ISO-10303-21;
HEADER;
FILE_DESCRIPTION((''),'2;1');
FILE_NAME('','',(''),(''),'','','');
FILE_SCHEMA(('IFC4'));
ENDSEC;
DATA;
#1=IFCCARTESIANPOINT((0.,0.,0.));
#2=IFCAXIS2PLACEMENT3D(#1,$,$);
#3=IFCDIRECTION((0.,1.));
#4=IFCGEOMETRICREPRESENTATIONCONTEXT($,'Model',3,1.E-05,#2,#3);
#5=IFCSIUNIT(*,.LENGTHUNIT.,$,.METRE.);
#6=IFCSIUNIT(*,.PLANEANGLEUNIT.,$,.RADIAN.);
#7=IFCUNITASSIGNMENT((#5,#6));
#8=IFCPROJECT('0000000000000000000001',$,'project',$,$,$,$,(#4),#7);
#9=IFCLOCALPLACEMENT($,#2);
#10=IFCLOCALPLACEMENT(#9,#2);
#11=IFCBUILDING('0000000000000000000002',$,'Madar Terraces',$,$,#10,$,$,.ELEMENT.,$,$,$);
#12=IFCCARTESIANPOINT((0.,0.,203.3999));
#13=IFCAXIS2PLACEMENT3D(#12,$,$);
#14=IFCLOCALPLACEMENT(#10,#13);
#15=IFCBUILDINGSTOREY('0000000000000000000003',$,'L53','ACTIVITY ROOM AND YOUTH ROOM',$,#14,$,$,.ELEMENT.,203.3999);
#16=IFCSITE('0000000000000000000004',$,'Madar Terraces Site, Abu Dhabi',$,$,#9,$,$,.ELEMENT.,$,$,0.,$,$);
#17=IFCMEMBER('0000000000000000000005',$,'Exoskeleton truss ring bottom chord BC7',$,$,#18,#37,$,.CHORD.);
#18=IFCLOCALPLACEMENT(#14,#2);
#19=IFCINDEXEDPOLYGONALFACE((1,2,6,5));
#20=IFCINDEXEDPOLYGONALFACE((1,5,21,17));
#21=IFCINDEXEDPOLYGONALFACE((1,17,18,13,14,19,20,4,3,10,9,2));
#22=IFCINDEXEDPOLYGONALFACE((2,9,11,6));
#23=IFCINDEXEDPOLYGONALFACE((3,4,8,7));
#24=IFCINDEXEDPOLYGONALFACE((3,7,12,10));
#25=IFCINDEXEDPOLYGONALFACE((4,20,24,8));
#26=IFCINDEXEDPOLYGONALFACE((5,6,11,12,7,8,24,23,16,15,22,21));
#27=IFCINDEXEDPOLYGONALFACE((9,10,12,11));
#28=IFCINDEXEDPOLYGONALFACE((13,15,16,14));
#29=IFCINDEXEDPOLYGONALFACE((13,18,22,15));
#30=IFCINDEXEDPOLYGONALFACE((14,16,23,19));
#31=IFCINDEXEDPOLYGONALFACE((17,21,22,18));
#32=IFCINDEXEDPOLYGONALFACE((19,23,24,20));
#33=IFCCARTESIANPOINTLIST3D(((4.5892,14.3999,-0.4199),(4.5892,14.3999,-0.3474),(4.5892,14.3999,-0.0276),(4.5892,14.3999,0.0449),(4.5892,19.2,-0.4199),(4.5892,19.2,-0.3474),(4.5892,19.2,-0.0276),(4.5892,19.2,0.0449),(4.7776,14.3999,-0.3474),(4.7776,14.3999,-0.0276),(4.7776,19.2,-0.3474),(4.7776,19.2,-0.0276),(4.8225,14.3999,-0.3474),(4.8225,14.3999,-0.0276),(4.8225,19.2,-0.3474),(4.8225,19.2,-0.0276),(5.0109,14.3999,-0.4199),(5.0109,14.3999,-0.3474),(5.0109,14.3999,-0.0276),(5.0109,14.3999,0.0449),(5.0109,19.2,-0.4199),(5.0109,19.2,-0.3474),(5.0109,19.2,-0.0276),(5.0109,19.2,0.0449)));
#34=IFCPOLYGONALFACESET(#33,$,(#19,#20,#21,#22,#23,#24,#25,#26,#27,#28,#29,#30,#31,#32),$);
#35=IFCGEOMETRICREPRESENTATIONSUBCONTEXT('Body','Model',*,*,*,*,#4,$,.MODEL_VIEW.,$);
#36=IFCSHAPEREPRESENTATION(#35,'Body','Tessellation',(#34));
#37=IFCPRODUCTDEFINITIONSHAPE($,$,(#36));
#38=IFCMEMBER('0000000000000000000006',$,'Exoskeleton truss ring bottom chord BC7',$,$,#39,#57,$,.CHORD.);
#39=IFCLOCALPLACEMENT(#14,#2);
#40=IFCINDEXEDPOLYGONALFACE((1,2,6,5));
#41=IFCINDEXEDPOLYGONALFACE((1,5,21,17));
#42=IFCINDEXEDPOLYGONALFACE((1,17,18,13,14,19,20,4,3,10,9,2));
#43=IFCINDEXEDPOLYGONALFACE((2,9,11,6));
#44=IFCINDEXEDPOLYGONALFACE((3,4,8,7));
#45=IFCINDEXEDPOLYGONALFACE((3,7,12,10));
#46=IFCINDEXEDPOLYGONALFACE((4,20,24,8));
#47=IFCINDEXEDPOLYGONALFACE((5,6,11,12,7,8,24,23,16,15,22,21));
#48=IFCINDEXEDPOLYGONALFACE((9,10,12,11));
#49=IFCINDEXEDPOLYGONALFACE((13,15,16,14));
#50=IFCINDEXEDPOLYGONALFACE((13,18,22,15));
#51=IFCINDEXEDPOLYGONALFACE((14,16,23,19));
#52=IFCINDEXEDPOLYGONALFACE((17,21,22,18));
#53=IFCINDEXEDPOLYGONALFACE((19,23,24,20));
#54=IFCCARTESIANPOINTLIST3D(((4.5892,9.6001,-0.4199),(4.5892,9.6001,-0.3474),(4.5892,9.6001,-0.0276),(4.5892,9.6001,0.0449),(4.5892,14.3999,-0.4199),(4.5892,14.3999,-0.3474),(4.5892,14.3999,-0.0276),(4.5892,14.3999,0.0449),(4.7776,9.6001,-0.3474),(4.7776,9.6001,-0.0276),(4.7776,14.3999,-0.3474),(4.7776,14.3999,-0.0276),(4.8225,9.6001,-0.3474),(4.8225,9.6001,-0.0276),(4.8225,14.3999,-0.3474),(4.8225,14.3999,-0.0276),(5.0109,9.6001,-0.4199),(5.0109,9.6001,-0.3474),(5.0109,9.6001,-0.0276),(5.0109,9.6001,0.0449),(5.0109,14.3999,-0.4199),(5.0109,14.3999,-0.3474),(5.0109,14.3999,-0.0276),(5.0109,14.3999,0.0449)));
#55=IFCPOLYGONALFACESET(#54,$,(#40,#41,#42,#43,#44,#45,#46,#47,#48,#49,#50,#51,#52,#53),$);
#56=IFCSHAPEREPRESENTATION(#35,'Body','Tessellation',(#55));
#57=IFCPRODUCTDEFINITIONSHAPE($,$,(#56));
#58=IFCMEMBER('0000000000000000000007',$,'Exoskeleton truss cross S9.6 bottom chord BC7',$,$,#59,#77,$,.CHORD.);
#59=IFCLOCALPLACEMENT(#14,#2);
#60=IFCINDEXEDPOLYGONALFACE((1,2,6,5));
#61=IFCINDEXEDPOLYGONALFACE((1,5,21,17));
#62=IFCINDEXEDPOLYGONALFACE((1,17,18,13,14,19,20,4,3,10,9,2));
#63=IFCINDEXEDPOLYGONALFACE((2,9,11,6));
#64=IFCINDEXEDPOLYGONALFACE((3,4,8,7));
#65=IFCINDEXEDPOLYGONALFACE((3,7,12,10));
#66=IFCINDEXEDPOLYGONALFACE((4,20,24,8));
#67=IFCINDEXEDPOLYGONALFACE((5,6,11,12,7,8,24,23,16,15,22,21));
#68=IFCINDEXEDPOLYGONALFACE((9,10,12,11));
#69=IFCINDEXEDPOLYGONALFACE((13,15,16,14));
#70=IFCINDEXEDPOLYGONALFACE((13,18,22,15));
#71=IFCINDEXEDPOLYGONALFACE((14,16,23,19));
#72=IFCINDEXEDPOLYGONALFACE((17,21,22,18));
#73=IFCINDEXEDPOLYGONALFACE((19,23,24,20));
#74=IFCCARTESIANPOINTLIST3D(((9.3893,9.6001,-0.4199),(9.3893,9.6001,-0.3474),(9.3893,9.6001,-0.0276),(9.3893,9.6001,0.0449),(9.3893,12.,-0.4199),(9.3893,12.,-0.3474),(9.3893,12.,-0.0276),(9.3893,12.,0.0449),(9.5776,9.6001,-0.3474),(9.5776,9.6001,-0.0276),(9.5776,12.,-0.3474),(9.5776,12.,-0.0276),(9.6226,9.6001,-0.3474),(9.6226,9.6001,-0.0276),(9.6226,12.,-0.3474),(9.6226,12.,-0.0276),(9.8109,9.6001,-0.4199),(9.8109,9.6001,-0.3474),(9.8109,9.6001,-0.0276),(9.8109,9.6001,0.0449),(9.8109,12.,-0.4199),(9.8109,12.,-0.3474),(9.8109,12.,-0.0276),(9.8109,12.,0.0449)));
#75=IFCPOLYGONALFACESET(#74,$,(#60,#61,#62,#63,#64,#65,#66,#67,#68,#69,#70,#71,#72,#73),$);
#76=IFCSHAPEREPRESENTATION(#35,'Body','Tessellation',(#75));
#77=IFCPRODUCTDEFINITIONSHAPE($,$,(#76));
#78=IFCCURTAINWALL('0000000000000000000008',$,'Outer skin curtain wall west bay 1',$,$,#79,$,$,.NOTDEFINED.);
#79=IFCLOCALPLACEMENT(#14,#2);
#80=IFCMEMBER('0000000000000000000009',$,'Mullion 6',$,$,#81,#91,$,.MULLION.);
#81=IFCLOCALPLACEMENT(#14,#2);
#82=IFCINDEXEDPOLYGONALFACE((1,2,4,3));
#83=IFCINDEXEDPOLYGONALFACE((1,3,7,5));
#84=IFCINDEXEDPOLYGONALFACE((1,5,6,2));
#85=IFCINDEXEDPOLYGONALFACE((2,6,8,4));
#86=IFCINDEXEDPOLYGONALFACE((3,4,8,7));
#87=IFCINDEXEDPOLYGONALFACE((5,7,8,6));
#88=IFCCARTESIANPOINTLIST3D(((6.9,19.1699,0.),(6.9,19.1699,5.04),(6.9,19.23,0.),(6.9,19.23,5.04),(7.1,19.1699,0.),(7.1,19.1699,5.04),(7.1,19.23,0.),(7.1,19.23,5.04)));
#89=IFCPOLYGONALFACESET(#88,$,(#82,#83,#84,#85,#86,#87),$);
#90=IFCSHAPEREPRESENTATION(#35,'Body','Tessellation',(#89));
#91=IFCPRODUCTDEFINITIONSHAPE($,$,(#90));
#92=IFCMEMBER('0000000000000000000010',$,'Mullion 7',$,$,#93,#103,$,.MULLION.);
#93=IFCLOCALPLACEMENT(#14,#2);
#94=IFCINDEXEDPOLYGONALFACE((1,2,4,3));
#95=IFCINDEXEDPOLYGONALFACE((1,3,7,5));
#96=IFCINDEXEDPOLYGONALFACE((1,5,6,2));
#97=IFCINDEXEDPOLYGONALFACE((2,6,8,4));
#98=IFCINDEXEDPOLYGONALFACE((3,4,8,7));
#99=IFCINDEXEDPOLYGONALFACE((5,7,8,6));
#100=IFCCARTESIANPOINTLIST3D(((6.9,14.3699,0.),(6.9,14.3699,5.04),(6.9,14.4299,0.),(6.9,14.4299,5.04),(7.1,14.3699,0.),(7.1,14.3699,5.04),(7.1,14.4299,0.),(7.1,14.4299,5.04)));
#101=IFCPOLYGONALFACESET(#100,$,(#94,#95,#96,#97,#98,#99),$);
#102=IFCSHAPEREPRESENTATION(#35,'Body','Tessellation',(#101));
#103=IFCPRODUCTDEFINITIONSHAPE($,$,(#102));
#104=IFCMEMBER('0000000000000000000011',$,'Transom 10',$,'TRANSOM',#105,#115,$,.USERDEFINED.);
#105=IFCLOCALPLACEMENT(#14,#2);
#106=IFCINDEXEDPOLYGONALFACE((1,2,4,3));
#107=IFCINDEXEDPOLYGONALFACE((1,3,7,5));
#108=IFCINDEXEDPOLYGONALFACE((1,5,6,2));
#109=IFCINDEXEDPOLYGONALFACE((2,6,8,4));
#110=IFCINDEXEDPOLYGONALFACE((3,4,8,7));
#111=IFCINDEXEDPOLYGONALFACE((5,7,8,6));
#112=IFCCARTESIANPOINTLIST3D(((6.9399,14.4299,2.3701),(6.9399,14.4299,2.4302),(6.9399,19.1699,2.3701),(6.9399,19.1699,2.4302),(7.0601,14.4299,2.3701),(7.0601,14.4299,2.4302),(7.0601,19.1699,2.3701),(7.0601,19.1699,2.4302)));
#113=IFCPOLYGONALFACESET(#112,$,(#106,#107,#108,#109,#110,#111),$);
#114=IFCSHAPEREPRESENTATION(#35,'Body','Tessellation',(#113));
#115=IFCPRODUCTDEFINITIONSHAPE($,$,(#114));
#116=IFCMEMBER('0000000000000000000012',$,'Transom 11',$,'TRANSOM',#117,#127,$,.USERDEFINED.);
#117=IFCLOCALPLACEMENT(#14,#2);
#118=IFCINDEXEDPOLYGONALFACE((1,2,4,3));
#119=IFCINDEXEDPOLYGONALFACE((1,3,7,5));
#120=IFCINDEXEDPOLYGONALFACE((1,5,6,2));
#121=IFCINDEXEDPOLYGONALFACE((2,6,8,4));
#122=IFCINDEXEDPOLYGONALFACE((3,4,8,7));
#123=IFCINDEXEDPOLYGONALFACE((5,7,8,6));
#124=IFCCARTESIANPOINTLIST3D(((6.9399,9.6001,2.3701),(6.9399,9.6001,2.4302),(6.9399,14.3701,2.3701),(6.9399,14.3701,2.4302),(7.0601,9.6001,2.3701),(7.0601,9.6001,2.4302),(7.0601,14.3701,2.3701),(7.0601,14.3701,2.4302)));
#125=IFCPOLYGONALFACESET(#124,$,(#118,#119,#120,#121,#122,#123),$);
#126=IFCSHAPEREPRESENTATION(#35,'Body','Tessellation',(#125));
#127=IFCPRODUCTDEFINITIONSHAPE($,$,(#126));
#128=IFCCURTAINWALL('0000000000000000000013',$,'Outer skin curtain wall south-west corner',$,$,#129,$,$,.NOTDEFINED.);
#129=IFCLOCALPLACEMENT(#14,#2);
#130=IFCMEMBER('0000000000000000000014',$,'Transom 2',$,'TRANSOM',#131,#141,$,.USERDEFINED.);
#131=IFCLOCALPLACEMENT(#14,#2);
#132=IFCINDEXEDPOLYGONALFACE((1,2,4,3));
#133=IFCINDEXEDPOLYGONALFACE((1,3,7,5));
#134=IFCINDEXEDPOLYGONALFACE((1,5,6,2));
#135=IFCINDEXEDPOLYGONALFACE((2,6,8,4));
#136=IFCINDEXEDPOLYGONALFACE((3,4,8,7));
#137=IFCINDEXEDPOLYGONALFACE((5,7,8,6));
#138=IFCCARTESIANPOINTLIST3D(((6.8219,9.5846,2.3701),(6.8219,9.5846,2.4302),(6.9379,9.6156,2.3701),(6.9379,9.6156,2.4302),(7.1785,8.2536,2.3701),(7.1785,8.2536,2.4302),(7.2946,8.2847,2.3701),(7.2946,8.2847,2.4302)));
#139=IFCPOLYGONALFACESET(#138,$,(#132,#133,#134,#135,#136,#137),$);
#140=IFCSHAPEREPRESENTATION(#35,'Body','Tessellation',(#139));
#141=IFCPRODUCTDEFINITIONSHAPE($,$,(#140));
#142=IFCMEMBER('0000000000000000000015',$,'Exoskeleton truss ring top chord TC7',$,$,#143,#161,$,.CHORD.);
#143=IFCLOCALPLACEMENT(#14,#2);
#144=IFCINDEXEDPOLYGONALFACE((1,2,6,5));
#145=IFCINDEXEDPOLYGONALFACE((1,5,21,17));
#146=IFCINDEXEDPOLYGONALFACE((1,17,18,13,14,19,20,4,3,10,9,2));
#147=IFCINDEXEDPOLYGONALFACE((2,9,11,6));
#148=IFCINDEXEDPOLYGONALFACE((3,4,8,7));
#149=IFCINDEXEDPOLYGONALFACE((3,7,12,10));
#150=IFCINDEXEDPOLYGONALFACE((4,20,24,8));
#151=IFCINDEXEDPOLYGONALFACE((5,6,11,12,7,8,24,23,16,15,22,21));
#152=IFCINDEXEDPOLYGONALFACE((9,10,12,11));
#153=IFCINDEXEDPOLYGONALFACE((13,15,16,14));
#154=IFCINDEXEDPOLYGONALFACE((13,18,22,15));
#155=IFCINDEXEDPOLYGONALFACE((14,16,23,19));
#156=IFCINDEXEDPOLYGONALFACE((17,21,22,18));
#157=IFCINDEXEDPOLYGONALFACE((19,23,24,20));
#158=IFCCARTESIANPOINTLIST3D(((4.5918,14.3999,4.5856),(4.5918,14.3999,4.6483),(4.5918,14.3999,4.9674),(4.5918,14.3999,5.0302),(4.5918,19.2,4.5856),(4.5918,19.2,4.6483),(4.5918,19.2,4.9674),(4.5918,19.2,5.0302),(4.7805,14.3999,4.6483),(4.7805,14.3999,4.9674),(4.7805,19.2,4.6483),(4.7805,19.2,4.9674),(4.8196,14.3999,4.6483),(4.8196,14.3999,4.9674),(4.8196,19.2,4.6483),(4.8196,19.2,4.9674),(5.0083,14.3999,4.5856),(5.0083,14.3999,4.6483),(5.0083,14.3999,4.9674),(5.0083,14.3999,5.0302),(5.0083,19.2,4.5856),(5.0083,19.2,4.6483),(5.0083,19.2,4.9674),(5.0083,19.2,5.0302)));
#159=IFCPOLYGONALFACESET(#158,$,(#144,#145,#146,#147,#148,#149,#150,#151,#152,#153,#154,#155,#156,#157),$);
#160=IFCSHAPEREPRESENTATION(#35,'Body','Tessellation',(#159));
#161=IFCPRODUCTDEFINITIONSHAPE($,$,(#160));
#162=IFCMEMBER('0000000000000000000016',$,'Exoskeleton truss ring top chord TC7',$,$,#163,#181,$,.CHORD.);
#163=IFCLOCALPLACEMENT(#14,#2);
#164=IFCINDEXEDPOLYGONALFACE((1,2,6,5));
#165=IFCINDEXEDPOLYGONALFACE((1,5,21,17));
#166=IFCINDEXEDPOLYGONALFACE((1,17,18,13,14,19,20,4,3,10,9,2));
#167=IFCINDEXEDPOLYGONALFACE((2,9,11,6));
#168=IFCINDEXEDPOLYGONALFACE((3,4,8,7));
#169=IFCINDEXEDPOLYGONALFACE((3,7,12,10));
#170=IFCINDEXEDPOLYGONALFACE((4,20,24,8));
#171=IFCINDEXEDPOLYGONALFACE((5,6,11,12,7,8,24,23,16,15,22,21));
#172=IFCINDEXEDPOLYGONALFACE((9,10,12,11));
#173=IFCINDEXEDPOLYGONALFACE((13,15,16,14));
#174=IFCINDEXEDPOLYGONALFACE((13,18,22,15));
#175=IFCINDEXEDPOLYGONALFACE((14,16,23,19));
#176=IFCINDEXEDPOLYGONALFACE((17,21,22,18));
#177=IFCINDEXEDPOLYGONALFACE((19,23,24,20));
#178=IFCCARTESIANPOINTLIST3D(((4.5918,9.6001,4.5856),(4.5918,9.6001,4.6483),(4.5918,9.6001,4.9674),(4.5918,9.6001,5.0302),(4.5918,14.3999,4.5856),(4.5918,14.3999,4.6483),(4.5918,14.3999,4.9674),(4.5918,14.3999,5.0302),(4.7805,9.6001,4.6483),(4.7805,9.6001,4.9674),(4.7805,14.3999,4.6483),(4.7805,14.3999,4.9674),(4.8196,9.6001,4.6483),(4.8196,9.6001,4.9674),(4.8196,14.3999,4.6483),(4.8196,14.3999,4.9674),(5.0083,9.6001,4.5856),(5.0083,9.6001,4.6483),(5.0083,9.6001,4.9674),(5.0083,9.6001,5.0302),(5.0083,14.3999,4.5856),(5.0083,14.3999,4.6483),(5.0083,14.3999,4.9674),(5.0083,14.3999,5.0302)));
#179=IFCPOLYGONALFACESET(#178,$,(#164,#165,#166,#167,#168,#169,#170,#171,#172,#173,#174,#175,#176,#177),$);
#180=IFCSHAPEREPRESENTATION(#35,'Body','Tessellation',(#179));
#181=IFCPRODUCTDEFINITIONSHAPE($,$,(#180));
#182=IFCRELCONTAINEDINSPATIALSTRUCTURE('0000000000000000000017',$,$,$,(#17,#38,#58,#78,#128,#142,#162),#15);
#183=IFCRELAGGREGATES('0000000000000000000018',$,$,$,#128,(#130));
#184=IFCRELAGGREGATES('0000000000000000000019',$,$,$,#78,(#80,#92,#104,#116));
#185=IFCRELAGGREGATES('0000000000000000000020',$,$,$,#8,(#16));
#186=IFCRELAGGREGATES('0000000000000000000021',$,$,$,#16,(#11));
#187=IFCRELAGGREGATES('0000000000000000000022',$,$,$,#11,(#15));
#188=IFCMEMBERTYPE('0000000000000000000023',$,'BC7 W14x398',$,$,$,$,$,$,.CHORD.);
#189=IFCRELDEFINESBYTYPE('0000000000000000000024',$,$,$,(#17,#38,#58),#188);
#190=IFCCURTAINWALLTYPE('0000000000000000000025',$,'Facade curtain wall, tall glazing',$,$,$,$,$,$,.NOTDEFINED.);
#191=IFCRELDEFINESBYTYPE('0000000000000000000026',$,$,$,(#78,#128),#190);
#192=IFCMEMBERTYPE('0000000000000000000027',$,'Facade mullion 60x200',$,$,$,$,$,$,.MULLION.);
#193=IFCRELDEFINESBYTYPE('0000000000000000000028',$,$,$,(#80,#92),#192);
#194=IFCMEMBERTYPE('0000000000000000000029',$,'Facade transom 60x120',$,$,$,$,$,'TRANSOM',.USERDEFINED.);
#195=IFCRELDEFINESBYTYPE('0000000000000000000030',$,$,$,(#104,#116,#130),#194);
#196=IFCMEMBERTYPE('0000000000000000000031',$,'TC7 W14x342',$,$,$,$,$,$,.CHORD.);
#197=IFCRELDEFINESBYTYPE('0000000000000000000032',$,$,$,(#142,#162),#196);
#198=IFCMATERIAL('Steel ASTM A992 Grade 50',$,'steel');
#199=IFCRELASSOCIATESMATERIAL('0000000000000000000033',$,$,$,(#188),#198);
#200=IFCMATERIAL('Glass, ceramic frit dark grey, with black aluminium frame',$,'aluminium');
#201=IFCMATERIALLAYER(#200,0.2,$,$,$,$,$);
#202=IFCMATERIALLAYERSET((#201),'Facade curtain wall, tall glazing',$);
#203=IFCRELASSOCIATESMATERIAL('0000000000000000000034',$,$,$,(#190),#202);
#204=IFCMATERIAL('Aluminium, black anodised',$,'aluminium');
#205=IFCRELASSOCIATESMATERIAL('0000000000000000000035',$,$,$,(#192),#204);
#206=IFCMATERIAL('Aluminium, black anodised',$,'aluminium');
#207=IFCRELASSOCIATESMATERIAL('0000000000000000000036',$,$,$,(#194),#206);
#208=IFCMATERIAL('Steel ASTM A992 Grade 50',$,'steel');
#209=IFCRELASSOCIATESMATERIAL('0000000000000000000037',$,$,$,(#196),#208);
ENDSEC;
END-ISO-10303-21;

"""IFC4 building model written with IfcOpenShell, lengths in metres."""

from ifc_helpers import new_model, si_unit, direction, frame, origin, origin_2d, place, context, subcontext, project, spatial, rectangle, i_section, extrude, material, layer, layer_set, material_profile, profile_set, type_object, element, aggregate, save


model = new_model("IFC4")

# Units and contexts
model_context = context("Model", 3, precision=1e-05, world=origin(), true_north=direction((0.0, 1.0)))
body_context = subcontext(model_context, "Body", "Model", "MODEL_VIEW")
ifc_project = project(units=[si_unit("LENGTHUNIT", "METRE"), si_unit("PLANEANGLEUNIT", "RADIAN")], contexts=[model_context])

# Site, building, storey
site_placement = place(None, origin())
site = spatial("IfcSite", under=ifc_project, at=site_placement, Name="Madar Terraces Site, Abu Dhabi", CompositionType="ELEMENT", RefElevation=0.0)
building_placement = place(site_placement, origin())
building = spatial("IfcBuilding", under=site, at=building_placement, Name="Madar Terraces", CompositionType="ELEMENT")
storey_placement = place(building_placement, frame((0.0, 0.0, 203.3999)))
storey = spatial("IfcBuildingStorey", under=building, at=storey_placement, Name="L53", Description="ACTIVITY ROOM AND YOUTH ROOM", CompositionType="ELEMENT", Elevation=203.3999)

# Members
ifc_material_1 = material(Name="Steel ASTM A992 Grade 50", Category="steel")
ifc_material_profile_1 = material_profile(ifc_material_1, i_section(OverallWidth=0.4216, OverallDepth=0.4648, WebThickness=0.0449, FlangeThickness=0.0725, at=origin_2d()), Name="W14x398")
ifc_profile_set_1 = profile_set([ifc_material_profile_1], Name="Steel ASTM A992 Grade 50")
member_type_1 = type_object("IfcMemberType", Name="BC7 W14x398", PredefinedType="CHORD", material=ifc_profile_set_1)
member_1_placement = place(storey_placement, frame((4.8, 19.2, -0.1875), z_axis=(0.0, -1.0, 0.0), x_axis=(1.0, 0.0, 0.0)))
element("IfcMember", 1, at=member_1_placement, inside=storey, type_object=member_type_1, Name="Exoskeleton truss ring bottom chord BC7", PredefinedType="CHORD", context=body_context, shape_type="SweptSolid", body=[
    extrude(i_section(OverallWidth=0.4216, OverallDepth=0.4648, WebThickness=0.0449, FlangeThickness=0.0725, at=origin_2d()), origin(), (0.0, 0.0, 1.0), 4.8),
])
member_2_placement = place(storey_placement, frame((4.8, 14.3999, -0.1875), z_axis=(0.0, -1.0, 0.0), x_axis=(1.0, 0.0, 0.0)))
element("IfcMember", 2, at=member_2_placement, inside=storey, type_object=member_type_1, Name="Exoskeleton truss ring bottom chord BC7", PredefinedType="CHORD", context=body_context, shape_type="SweptSolid", body=[
    extrude(i_section(OverallWidth=0.4216, OverallDepth=0.4648, WebThickness=0.0449, FlangeThickness=0.0725, at=origin_2d()), origin(), (0.0, 0.0, 1.0), 4.7998),
])
member_3_placement = place(storey_placement, frame((9.6001, 9.6001, -0.1875), z_axis=(0.0, 1.0, 0.0), x_axis=(-1.0, 0.0, 0.0)))
element("IfcMember", 3, at=member_3_placement, inside=storey, type_object=member_type_1, Name="Exoskeleton truss cross S9.6 bottom chord BC7", PredefinedType="CHORD", context=body_context, shape_type="SweptSolid", body=[
    extrude(i_section(OverallWidth=0.4216, OverallDepth=0.4648, WebThickness=0.0449, FlangeThickness=0.0725, at=origin_2d()), origin(), (0.0, 0.0, 1.0), 2.3999),
])

# Curtain wall, members
ifc_material_2 = material(Name="Glass, ceramic frit dark grey, with black aluminium frame", Category="aluminium")
ifc_layer_1 = layer(ifc_material_2, 0.2)
ifc_layer_set_1 = layer_set([ifc_layer_1], Name="Facade curtain wall, tall glazing")
curtain_wall_type = type_object("IfcCurtainWallType", Name="Facade curtain wall, tall glazing", PredefinedType="NOTDEFINED", material=ifc_layer_set_1)
curtain_wall_1_placement = place(storey_placement, origin())
curtain_wall_1 = element("IfcCurtainWall", 4, at=curtain_wall_1_placement, inside=storey, type_object=curtain_wall_type, Name="Outer skin curtain wall west bay 1", PredefinedType="NOTDEFINED")
ifc_material_3 = material(Name="Aluminium, black anodised", Category="aluminium")
ifc_material_profile_2 = material_profile(ifc_material_3, rectangle(XDim=0.2, YDim=0.0601, at=origin_2d()), Name="Facade mullion 60x200")
ifc_profile_set_2 = profile_set([ifc_material_profile_2], Name="Aluminium, black anodised")
member_type_2 = type_object("IfcMemberType", Name="Facade mullion 60x200", PredefinedType="MULLION", material=ifc_profile_set_2)
member_4_placement = place(storey_placement, frame((7.0, 19.2, 0.0), z_axis=(0.0, 0.0, 1.0), x_axis=(1.0, 0.0, 0.0)))
member_4 = element("IfcMember", 5, at=member_4_placement, type_object=member_type_2, Name="Mullion 6", PredefinedType="MULLION", context=body_context, shape_type="SweptSolid", body=[
    extrude(rectangle(XDim=0.2, YDim=0.0601, at=origin_2d()), origin(), (0.0, 0.0, 1.0), 5.04),
])
member_5_placement = place(storey_placement, frame((7.0, 14.3999, 0.0), z_axis=(0.0, 0.0, 1.0), x_axis=(1.0, 0.0, 0.0)))
member_5 = element("IfcMember", 6, at=member_5_placement, type_object=member_type_2, Name="Mullion 7", PredefinedType="MULLION", context=body_context, shape_type="SweptSolid", body=[
    extrude(rectangle(XDim=0.2, YDim=0.0601, at=origin_2d()), origin(), (0.0, 0.0, 1.0), 5.04),
])
ifc_material_4 = material(Name="Aluminium, black anodised", Category="aluminium")
ifc_material_profile_3 = material_profile(ifc_material_4, rectangle(XDim=0.1201, YDim=0.0601, at=origin_2d()), Name="Facade transom 60x120")
ifc_profile_set_3 = profile_set([ifc_material_profile_3], Name="Aluminium, black anodised")
member_type_3 = type_object("IfcMemberType", Name="Facade transom 60x120", ElementType="TRANSOM", PredefinedType="USERDEFINED", material=ifc_profile_set_3)
member_6_placement = place(storey_placement, frame((7.0, 19.1699, 2.4001), z_axis=(0.0, -1.0, 0.0), x_axis=(1.0, 0.0, 0.0)))
member_6 = element("IfcMember", 7, at=member_6_placement, type_object=member_type_3, Name="Transom 10", ObjectType="TRANSOM", PredefinedType="USERDEFINED", context=body_context, shape_type="SweptSolid", body=[
    extrude(rectangle(XDim=0.1201, YDim=0.0601, at=origin_2d()), origin(), (0.0, 0.0, 1.0), 4.74),
])
member_7_placement = place(storey_placement, frame((7.0, 14.3701, 2.4001), z_axis=(0.0, -1.0, 0.0), x_axis=(1.0, 0.0, 0.0)))
member_7 = element("IfcMember", 8, at=member_7_placement, type_object=member_type_3, Name="Transom 11", ObjectType="TRANSOM", PredefinedType="USERDEFINED", context=body_context, shape_type="SweptSolid", body=[
    extrude(rectangle(XDim=0.1201, YDim=0.0601, at=origin_2d()), origin(), (0.0, 0.0, 1.0), 4.77),
])

# Curtain wall, member
curtain_wall_2_placement = place(storey_placement, origin())
curtain_wall_2 = element("IfcCurtainWall", 9, at=curtain_wall_2_placement, inside=storey, type_object=curtain_wall_type, Name="Outer skin curtain wall south-west corner", PredefinedType="NOTDEFINED")
member_8_placement = place(storey_placement, frame((6.8799, 9.6001, 2.4001), z_axis=(0.258842, -0.96592, 0.0), x_axis=(0.96592, 0.258842, 0.0)))
member_8 = element("IfcMember", 10, at=member_8_placement, type_object=member_type_3, Name="Transom 2", ObjectType="TRANSOM", PredefinedType="USERDEFINED", context=body_context, shape_type="SweptSolid", body=[
    extrude(rectangle(XDim=0.1201, YDim=0.0601, at=origin_2d()), origin(), (0.0, 0.0, 1.0), 1.3779),
])
aggregate(curtain_wall_2, [member_8])

# Members
ifc_material_5 = material(Name="Steel ASTM A992 Grade 50", Category="steel")
ifc_material_profile_4 = material_profile(ifc_material_5, i_section(OverallWidth=0.4165, OverallDepth=0.4446, WebThickness=0.0391, FlangeThickness=0.0627, at=origin_2d()), Name="W14x342")
ifc_profile_set_4 = profile_set([ifc_material_profile_4], Name="Steel ASTM A992 Grade 50")
member_type_4 = type_object("IfcMemberType", Name="TC7 W14x342", PredefinedType="CHORD", material=ifc_profile_set_4)
member_9_placement = place(storey_placement, frame((4.8, 19.2, 4.8079), z_axis=(0.0, -1.0, 0.0), x_axis=(1.0, 0.0, 0.0)))
element("IfcMember", 11, at=member_9_placement, inside=storey, type_object=member_type_4, Name="Exoskeleton truss ring top chord TC7", PredefinedType="CHORD", context=body_context, shape_type="SweptSolid", body=[
    extrude(i_section(OverallWidth=0.4165, OverallDepth=0.4446, WebThickness=0.0391, FlangeThickness=0.0627, at=origin_2d()), origin(), (0.0, 0.0, 1.0), 4.8),
])
member_10_placement = place(storey_placement, frame((4.8, 14.3999, 4.8079), z_axis=(0.0, -1.0, 0.0), x_axis=(1.0, 0.0, 0.0)))
element("IfcMember", 12, at=member_10_placement, inside=storey, type_object=member_type_4, Name="Exoskeleton truss ring top chord TC7", PredefinedType="CHORD", context=body_context, shape_type="SweptSolid", body=[
    extrude(i_section(OverallWidth=0.4165, OverallDepth=0.4446, WebThickness=0.0391, FlangeThickness=0.0627, at=origin_2d()), origin(), (0.0, 0.0, 1.0), 4.7998),
])

aggregate(curtain_wall_1, [member_4, member_5, member_6, member_7])

save(model, "model.ifc")
